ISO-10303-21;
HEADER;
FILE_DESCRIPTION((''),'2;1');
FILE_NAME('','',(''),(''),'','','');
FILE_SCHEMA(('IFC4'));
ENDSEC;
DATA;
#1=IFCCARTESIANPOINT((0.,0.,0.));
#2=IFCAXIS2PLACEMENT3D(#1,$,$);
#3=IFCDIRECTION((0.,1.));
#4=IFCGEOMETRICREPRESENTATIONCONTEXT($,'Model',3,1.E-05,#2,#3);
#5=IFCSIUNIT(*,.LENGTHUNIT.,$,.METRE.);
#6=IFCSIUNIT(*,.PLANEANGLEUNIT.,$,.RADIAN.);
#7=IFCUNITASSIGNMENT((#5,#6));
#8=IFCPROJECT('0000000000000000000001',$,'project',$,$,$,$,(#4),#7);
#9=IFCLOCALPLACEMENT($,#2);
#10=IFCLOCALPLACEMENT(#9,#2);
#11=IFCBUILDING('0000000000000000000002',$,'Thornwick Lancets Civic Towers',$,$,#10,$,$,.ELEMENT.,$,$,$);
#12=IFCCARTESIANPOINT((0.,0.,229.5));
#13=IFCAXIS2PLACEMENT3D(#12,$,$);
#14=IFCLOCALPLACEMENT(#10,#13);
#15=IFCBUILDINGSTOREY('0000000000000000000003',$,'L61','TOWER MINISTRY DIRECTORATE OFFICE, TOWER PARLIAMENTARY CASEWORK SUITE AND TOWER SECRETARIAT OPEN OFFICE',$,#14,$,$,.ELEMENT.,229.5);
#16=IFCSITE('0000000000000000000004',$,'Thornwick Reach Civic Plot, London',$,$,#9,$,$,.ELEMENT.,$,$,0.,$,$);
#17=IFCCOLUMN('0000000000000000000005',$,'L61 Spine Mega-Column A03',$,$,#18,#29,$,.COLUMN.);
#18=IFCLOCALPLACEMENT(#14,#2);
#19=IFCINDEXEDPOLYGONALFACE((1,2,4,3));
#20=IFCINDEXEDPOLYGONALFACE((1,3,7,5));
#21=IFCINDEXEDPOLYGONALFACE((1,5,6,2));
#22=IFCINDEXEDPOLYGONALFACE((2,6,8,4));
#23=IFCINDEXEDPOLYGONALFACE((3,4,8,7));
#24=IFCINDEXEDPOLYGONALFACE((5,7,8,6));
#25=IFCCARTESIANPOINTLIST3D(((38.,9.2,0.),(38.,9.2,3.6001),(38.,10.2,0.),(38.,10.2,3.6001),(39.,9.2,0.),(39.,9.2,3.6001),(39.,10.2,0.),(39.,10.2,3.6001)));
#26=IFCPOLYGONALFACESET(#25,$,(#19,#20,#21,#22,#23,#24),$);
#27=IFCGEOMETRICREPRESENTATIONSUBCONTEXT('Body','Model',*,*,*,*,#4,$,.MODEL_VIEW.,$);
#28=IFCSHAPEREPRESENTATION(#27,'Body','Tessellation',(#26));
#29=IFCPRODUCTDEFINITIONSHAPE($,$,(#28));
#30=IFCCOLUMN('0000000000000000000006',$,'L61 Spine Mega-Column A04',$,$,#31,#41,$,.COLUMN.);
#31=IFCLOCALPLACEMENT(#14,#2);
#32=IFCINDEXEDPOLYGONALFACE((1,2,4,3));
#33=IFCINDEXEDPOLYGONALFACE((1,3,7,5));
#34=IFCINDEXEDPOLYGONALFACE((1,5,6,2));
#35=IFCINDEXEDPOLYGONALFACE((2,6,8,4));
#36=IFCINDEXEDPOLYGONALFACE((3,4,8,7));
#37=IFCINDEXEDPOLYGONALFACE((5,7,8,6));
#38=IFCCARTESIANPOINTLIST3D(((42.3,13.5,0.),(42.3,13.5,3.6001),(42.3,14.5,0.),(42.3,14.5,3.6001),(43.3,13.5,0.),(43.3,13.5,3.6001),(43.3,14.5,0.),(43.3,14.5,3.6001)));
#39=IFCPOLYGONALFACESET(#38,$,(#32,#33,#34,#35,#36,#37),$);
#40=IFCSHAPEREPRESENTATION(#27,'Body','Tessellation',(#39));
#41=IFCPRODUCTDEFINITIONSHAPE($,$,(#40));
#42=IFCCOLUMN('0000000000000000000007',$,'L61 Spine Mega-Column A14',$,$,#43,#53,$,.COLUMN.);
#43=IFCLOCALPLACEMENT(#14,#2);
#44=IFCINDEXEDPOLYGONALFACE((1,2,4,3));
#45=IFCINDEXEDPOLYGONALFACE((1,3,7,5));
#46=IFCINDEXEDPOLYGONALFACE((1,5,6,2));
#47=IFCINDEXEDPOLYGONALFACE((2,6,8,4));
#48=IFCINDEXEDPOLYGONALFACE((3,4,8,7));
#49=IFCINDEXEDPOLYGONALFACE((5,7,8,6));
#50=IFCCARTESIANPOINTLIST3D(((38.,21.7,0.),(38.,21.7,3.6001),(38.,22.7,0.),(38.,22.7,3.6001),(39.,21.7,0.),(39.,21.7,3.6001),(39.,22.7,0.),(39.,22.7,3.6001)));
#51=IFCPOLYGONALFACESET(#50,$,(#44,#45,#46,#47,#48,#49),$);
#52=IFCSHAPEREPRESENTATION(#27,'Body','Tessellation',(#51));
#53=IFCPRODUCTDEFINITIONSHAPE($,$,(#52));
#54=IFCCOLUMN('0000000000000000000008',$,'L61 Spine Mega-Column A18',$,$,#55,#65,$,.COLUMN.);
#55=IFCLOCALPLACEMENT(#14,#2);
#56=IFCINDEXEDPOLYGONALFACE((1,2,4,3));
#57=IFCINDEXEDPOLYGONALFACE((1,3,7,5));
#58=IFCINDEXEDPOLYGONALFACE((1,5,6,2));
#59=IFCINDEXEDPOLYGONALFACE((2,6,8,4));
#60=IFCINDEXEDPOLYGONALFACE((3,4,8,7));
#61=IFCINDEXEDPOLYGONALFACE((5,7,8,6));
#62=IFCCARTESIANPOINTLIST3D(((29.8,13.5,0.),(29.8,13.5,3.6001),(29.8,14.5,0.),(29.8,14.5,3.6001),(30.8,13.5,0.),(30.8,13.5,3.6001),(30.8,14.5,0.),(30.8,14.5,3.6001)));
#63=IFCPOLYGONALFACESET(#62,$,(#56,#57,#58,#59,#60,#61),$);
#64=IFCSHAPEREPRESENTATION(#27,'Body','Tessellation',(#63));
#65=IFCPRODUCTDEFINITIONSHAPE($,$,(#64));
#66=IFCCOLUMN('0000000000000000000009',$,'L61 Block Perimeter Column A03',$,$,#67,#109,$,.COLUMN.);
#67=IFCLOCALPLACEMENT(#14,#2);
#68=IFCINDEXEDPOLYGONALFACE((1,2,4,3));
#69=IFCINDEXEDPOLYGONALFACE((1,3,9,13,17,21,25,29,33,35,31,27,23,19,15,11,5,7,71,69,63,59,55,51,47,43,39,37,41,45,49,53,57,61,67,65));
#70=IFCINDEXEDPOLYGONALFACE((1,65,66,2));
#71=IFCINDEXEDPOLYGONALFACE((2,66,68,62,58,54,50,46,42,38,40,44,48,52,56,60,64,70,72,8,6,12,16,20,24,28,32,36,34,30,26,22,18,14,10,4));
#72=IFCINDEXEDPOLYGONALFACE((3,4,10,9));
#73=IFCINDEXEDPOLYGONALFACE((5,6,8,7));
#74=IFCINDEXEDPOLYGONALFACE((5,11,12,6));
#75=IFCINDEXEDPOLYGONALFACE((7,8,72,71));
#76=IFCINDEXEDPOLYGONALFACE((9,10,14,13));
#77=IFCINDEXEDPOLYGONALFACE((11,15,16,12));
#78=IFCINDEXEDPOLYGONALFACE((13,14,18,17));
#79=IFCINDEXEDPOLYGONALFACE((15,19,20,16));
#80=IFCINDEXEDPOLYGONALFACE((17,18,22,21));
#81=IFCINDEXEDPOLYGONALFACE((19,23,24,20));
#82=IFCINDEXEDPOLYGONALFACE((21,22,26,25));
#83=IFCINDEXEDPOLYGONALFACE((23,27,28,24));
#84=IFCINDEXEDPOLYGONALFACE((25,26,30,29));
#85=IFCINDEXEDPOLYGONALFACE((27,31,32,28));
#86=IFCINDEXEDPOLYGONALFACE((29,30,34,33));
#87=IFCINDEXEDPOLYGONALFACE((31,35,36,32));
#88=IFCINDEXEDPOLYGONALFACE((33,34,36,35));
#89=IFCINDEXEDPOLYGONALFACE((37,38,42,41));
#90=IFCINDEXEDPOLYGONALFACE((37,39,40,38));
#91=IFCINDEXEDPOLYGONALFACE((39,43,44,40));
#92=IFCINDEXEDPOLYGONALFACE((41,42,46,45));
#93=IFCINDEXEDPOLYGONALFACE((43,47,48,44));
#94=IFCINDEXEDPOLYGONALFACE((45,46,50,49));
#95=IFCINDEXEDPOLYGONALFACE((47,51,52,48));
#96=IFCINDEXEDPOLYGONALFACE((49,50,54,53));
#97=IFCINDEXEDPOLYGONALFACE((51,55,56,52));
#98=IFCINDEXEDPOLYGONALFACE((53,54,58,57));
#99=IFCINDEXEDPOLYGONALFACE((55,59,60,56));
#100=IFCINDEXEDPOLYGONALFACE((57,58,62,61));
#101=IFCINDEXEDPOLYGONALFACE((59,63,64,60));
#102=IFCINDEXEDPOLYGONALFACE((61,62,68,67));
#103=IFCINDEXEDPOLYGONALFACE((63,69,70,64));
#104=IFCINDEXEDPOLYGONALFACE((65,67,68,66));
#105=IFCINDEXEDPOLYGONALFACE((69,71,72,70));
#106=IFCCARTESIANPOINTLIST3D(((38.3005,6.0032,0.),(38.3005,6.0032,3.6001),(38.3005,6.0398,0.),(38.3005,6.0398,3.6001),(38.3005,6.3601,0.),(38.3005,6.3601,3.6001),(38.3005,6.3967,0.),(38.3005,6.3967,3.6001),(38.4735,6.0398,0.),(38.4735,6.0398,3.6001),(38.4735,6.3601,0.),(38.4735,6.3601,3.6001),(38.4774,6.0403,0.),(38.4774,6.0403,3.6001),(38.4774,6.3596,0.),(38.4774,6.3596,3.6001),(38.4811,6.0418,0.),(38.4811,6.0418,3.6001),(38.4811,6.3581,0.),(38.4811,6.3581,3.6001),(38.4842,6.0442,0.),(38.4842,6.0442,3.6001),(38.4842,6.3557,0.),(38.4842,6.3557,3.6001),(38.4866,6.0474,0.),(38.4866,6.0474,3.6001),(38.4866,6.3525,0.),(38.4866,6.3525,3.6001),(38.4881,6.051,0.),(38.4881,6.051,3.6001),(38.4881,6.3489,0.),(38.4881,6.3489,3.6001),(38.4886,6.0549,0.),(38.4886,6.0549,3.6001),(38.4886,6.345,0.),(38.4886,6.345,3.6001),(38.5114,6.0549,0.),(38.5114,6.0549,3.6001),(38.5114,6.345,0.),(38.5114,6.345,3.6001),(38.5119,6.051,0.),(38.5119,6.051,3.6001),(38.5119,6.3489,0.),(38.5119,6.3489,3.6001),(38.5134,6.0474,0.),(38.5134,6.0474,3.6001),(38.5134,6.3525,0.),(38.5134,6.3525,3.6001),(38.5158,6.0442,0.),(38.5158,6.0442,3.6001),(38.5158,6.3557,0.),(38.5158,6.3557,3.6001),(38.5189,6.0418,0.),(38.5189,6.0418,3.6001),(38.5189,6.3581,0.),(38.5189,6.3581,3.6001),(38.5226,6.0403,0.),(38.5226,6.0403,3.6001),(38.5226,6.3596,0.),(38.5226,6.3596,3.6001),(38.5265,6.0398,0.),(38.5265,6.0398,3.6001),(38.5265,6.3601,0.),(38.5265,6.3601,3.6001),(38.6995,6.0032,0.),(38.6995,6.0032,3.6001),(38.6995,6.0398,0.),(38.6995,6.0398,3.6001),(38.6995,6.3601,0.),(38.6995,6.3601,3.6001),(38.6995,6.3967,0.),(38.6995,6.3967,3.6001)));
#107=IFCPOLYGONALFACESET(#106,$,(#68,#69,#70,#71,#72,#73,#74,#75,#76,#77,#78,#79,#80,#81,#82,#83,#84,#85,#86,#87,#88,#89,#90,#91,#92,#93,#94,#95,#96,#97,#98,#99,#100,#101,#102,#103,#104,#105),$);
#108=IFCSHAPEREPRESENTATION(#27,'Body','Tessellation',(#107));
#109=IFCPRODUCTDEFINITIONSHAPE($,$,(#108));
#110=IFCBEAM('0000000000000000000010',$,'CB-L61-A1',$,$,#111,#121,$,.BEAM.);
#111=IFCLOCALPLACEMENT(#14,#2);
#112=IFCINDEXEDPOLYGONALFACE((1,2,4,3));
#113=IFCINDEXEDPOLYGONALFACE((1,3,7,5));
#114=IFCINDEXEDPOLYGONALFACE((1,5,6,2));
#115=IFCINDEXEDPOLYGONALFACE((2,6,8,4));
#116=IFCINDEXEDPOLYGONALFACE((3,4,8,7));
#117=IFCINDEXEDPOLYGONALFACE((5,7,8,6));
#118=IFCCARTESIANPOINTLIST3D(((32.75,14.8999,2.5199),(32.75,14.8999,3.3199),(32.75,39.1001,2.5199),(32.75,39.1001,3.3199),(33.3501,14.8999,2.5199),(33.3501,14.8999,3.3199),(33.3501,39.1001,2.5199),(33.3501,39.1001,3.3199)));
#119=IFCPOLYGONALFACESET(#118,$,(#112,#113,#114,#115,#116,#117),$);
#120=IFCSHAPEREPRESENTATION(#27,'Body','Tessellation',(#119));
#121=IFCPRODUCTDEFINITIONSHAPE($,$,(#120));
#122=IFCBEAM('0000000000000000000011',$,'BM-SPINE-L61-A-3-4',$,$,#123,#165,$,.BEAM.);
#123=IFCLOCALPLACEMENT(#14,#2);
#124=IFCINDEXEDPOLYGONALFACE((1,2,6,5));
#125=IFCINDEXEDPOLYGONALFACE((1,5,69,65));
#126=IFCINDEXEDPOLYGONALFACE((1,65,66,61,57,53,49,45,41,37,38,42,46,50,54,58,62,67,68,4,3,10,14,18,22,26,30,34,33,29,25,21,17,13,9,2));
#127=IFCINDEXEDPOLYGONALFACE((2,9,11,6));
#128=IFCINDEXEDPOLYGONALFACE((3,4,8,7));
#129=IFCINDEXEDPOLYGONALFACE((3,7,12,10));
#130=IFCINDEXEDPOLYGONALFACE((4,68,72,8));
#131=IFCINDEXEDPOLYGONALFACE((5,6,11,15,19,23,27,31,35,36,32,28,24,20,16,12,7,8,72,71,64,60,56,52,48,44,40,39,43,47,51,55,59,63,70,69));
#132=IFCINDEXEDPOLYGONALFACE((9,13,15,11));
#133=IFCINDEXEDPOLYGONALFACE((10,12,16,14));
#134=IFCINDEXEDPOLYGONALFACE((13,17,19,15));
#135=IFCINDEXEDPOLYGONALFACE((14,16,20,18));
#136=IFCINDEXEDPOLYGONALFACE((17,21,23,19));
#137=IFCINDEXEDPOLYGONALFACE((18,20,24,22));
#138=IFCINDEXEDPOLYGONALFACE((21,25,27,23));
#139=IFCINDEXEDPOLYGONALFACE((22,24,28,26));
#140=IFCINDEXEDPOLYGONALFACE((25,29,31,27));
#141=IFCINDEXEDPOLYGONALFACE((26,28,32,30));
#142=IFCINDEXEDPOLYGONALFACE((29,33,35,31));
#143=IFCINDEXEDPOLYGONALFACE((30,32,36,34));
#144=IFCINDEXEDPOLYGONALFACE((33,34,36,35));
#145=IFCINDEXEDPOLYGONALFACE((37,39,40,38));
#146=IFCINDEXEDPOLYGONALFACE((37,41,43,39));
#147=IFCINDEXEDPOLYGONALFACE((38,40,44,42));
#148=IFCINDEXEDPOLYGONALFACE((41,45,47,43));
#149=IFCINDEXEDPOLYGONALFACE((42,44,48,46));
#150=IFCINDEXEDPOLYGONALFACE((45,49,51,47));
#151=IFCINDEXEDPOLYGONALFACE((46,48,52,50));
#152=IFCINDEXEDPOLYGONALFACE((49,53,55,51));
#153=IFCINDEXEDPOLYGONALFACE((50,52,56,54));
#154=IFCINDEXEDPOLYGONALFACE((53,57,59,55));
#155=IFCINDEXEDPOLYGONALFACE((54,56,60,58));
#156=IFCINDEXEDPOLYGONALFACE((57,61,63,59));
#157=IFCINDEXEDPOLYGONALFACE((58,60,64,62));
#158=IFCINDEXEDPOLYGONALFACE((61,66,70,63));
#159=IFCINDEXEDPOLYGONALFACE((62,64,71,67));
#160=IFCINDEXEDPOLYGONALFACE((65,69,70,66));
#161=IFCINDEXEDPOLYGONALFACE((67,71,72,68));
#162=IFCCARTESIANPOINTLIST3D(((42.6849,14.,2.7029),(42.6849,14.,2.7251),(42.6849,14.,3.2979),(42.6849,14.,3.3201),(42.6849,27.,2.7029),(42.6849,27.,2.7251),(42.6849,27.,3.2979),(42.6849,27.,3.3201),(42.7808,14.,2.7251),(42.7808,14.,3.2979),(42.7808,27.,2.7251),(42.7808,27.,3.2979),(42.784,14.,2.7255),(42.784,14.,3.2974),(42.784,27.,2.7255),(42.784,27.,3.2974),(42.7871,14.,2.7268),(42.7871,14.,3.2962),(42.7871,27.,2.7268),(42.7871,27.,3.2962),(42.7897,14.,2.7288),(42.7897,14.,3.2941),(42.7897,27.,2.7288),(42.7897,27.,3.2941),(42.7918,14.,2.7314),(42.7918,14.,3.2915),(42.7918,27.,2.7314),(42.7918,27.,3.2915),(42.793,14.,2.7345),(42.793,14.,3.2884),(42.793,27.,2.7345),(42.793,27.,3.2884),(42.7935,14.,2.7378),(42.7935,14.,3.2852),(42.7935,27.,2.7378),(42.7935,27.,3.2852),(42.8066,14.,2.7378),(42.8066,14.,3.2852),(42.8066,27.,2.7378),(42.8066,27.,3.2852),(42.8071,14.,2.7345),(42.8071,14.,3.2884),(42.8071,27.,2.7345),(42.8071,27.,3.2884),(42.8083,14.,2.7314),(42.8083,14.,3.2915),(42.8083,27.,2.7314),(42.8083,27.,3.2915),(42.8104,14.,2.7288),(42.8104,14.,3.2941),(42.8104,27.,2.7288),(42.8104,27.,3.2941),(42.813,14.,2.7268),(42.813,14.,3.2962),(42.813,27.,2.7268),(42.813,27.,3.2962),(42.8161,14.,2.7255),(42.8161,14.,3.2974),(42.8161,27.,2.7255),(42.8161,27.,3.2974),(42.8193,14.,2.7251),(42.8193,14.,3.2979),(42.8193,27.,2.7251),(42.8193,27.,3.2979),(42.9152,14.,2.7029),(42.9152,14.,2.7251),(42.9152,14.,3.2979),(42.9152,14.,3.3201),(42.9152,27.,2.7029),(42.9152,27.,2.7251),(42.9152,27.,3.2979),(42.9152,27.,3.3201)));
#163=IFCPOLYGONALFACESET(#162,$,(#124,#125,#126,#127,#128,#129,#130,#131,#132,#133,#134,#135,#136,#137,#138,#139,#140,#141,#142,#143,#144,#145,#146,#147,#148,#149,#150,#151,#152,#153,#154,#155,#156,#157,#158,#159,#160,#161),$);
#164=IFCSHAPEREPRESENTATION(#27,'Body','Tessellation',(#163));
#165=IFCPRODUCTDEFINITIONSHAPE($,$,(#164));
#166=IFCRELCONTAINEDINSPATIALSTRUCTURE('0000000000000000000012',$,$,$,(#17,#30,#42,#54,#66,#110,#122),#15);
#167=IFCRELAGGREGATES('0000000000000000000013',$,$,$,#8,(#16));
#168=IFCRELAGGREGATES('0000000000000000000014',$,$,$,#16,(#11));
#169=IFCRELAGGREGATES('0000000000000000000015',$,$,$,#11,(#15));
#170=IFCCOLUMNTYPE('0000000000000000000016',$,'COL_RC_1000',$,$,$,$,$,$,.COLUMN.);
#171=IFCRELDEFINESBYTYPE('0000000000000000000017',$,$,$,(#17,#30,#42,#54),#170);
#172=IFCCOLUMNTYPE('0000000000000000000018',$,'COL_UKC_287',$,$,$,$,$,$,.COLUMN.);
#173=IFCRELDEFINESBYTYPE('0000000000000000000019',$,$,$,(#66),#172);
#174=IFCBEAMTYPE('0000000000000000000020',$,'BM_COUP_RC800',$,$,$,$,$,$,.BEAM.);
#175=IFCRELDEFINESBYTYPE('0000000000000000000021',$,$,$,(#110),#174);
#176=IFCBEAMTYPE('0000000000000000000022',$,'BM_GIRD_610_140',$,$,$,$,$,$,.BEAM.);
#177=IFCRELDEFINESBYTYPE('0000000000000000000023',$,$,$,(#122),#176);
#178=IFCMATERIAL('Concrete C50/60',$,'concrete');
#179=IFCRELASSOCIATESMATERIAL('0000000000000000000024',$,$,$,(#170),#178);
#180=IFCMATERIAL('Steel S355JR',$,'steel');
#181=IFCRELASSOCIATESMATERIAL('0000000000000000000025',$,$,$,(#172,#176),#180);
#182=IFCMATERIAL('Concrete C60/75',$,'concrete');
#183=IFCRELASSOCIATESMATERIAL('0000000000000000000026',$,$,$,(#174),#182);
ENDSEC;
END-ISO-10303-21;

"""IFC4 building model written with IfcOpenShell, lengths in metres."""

from ifc_helpers import new_model, si_unit, direction, frame, origin, origin_2d, place, context, subcontext, project, spatial, rectangle, i_section, extrude, material, material_profile, profile_set, type_object, element, save


model = new_model("IFC4")

# Units and contexts
model_context = context("Model", 3, precision=1e-05, world=origin(), true_north=direction((0.0, 1.0)))
body_context = subcontext(model_context, "Body", "Model", "MODEL_VIEW")
ifc_project = project(units=[si_unit("LENGTHUNIT", "METRE"), si_unit("PLANEANGLEUNIT", "RADIAN")], contexts=[model_context])

# Site, building, storey
site_placement = place(None, origin())
site = spatial("IfcSite", under=ifc_project, at=site_placement, Name="Thornwick Reach Civic Plot, London", CompositionType="ELEMENT", RefElevation=0.0)
building_placement = place(site_placement, origin())
building = spatial("IfcBuilding", under=site, at=building_placement, Name="Thornwick Lancets Civic Towers", CompositionType="ELEMENT")
storey_placement = place(building_placement, frame((0.0, 0.0, 229.5)))
storey = spatial("IfcBuildingStorey", under=building, at=storey_placement, Name="L61", Description="TOWER MINISTRY DIRECTORATE OFFICE, TOWER PARLIAMENTARY CASEWORK SUITE AND TOWER SECRETARIAT OPEN OFFICE", CompositionType="ELEMENT", Elevation=229.5)

# Columns
ifc_material_1 = material(Name="Concrete C50/60", Category="concrete")
ifc_material_profile_1 = material_profile(ifc_material_1, rectangle(XDim=1.0, YDim=1.0, at=origin_2d()), Name="RC 1000x1000")
ifc_profile_set_1 = profile_set([ifc_material_profile_1], Name="Concrete C50/60")
column_type_1 = type_object("IfcColumnType", Name="COL_RC_1000", PredefinedType="COLUMN", material=ifc_profile_set_1)
for number, where, z_axis, x_axis, name in (
    (1, (38.5, 9.7, 0.0), (0.0, 0.0, 1.0), (1.0, 0.0, 0.0), "L61 Spine Mega-Column A03"),
    (2, (42.8, 14.0, 0.0), (0.0, 0.0, 1.0), (1.0, 0.0, 0.0), "L61 Spine Mega-Column A04"),
    (3, (38.5, 22.2, 0.0), (0.0, 0.0, 1.0), (1.0, 0.0, 0.0), "L61 Spine Mega-Column A14"),
    (4, (30.3, 14.0, 0.0), (0.0, 0.0, 1.0), (1.0, 0.0, 0.0), "L61 Spine Mega-Column A18"),
):
    element("IfcColumn", number, at=place(storey_placement, frame(where, z_axis=z_axis, x_axis=x_axis)), inside=storey, type_object=column_type_1, Name=name, PredefinedType="COLUMN", context=body_context, shape_type="SweptSolid", body=[
        extrude(rectangle(XDim=1.0, YDim=1.0, at=origin_2d()), origin(), (0.0, 0.0, 1.0), 3.6001),
    ])
ifc_material_2 = material(Name="Steel S355JR", Category="steel")
ifc_material_profile_2 = material_profile(ifc_material_2, i_section(OverallWidth=0.3989, OverallDepth=0.3936, WebThickness=0.0227, FlangeThickness=0.0366, FilletRadius=0.0151, at=origin_2d()), Name="UKC 356x406x287")
ifc_profile_set_2 = profile_set([ifc_material_profile_2], Name="Steel S355JR")
column_type_2 = type_object("IfcColumnType", Name="COL_UKC_287", PredefinedType="COLUMN", material=ifc_profile_set_2)
column_placement = place(storey_placement, frame((38.5, 6.2, 0.0), z_axis=(0.0, 0.0, 1.0), x_axis=(1.0, 0.0, 0.0)))
element("IfcColumn", 5, at=column_placement, inside=storey, type_object=column_type_2, Name="L61 Block Perimeter Column A03", PredefinedType="COLUMN", context=body_context, shape_type="SweptSolid", body=[
    extrude(i_section(OverallWidth=0.3989, OverallDepth=0.3936, WebThickness=0.0227, FlangeThickness=0.0366, FilletRadius=0.0151, at=origin_2d()), origin(), (0.0, 0.0, 1.0), 3.6001),
])

# Beams
ifc_material_3 = material(Name="Concrete C60/75", Category="concrete")
ifc_material_profile_3 = material_profile(ifc_material_3, rectangle(XDim=0.6001, YDim=0.8, at=origin_2d()), Name="RC 600x800")
ifc_profile_set_3 = profile_set([ifc_material_profile_3], Name="Concrete C60/75")
beam_type_1 = type_object("IfcBeamType", Name="BM_COUP_RC800", PredefinedType="BEAM", material=ifc_profile_set_3)
beam_1_placement = place(storey_placement, frame((33.05, 14.8999, 2.9199), z_axis=(0.0, 1.0, 0.0), x_axis=(-1.0, 0.0, 0.0)))
element("IfcBeam", 6, at=beam_1_placement, inside=storey, type_object=beam_type_1, Name="CB-L61-A1", PredefinedType="BEAM", context=body_context, shape_type="SweptSolid", body=[
    extrude(rectangle(XDim=0.6001, YDim=0.8, at=origin_2d()), origin(), (0.0, 0.0, 1.0), 24.2002),
])
ifc_material_profile_4 = material_profile(ifc_material_2, i_section(OverallWidth=0.2302, OverallDepth=0.6172, WebThickness=0.0132, FlangeThickness=0.0222, FilletRadius=0.0127, at=origin_2d()), Name="UKB 610x229x140")
ifc_profile_set_4 = profile_set([ifc_material_profile_4], Name="Steel S355JR")
beam_type_2 = type_object("IfcBeamType", Name="BM_GIRD_610_140", PredefinedType="BEAM", material=ifc_profile_set_4)
beam_2_placement = place(storey_placement, frame((42.8, 14.0, 3.0115), z_axis=(0.0, 1.0, 0.0), x_axis=(-1.0, 0.0, 0.0)))
element("IfcBeam", 7, at=beam_2_placement, inside=storey, type_object=beam_type_2, Name="BM-SPINE-L61-A-3-4", PredefinedType="BEAM", context=body_context, shape_type="SweptSolid", body=[
    extrude(i_section(OverallWidth=0.2302, OverallDepth=0.6172, WebThickness=0.0132, FlangeThickness=0.0222, FilletRadius=0.0127, at=origin_2d()), origin(), (0.0, 0.0, 1.0), 13.0),
])

save(model, "model.ifc")
